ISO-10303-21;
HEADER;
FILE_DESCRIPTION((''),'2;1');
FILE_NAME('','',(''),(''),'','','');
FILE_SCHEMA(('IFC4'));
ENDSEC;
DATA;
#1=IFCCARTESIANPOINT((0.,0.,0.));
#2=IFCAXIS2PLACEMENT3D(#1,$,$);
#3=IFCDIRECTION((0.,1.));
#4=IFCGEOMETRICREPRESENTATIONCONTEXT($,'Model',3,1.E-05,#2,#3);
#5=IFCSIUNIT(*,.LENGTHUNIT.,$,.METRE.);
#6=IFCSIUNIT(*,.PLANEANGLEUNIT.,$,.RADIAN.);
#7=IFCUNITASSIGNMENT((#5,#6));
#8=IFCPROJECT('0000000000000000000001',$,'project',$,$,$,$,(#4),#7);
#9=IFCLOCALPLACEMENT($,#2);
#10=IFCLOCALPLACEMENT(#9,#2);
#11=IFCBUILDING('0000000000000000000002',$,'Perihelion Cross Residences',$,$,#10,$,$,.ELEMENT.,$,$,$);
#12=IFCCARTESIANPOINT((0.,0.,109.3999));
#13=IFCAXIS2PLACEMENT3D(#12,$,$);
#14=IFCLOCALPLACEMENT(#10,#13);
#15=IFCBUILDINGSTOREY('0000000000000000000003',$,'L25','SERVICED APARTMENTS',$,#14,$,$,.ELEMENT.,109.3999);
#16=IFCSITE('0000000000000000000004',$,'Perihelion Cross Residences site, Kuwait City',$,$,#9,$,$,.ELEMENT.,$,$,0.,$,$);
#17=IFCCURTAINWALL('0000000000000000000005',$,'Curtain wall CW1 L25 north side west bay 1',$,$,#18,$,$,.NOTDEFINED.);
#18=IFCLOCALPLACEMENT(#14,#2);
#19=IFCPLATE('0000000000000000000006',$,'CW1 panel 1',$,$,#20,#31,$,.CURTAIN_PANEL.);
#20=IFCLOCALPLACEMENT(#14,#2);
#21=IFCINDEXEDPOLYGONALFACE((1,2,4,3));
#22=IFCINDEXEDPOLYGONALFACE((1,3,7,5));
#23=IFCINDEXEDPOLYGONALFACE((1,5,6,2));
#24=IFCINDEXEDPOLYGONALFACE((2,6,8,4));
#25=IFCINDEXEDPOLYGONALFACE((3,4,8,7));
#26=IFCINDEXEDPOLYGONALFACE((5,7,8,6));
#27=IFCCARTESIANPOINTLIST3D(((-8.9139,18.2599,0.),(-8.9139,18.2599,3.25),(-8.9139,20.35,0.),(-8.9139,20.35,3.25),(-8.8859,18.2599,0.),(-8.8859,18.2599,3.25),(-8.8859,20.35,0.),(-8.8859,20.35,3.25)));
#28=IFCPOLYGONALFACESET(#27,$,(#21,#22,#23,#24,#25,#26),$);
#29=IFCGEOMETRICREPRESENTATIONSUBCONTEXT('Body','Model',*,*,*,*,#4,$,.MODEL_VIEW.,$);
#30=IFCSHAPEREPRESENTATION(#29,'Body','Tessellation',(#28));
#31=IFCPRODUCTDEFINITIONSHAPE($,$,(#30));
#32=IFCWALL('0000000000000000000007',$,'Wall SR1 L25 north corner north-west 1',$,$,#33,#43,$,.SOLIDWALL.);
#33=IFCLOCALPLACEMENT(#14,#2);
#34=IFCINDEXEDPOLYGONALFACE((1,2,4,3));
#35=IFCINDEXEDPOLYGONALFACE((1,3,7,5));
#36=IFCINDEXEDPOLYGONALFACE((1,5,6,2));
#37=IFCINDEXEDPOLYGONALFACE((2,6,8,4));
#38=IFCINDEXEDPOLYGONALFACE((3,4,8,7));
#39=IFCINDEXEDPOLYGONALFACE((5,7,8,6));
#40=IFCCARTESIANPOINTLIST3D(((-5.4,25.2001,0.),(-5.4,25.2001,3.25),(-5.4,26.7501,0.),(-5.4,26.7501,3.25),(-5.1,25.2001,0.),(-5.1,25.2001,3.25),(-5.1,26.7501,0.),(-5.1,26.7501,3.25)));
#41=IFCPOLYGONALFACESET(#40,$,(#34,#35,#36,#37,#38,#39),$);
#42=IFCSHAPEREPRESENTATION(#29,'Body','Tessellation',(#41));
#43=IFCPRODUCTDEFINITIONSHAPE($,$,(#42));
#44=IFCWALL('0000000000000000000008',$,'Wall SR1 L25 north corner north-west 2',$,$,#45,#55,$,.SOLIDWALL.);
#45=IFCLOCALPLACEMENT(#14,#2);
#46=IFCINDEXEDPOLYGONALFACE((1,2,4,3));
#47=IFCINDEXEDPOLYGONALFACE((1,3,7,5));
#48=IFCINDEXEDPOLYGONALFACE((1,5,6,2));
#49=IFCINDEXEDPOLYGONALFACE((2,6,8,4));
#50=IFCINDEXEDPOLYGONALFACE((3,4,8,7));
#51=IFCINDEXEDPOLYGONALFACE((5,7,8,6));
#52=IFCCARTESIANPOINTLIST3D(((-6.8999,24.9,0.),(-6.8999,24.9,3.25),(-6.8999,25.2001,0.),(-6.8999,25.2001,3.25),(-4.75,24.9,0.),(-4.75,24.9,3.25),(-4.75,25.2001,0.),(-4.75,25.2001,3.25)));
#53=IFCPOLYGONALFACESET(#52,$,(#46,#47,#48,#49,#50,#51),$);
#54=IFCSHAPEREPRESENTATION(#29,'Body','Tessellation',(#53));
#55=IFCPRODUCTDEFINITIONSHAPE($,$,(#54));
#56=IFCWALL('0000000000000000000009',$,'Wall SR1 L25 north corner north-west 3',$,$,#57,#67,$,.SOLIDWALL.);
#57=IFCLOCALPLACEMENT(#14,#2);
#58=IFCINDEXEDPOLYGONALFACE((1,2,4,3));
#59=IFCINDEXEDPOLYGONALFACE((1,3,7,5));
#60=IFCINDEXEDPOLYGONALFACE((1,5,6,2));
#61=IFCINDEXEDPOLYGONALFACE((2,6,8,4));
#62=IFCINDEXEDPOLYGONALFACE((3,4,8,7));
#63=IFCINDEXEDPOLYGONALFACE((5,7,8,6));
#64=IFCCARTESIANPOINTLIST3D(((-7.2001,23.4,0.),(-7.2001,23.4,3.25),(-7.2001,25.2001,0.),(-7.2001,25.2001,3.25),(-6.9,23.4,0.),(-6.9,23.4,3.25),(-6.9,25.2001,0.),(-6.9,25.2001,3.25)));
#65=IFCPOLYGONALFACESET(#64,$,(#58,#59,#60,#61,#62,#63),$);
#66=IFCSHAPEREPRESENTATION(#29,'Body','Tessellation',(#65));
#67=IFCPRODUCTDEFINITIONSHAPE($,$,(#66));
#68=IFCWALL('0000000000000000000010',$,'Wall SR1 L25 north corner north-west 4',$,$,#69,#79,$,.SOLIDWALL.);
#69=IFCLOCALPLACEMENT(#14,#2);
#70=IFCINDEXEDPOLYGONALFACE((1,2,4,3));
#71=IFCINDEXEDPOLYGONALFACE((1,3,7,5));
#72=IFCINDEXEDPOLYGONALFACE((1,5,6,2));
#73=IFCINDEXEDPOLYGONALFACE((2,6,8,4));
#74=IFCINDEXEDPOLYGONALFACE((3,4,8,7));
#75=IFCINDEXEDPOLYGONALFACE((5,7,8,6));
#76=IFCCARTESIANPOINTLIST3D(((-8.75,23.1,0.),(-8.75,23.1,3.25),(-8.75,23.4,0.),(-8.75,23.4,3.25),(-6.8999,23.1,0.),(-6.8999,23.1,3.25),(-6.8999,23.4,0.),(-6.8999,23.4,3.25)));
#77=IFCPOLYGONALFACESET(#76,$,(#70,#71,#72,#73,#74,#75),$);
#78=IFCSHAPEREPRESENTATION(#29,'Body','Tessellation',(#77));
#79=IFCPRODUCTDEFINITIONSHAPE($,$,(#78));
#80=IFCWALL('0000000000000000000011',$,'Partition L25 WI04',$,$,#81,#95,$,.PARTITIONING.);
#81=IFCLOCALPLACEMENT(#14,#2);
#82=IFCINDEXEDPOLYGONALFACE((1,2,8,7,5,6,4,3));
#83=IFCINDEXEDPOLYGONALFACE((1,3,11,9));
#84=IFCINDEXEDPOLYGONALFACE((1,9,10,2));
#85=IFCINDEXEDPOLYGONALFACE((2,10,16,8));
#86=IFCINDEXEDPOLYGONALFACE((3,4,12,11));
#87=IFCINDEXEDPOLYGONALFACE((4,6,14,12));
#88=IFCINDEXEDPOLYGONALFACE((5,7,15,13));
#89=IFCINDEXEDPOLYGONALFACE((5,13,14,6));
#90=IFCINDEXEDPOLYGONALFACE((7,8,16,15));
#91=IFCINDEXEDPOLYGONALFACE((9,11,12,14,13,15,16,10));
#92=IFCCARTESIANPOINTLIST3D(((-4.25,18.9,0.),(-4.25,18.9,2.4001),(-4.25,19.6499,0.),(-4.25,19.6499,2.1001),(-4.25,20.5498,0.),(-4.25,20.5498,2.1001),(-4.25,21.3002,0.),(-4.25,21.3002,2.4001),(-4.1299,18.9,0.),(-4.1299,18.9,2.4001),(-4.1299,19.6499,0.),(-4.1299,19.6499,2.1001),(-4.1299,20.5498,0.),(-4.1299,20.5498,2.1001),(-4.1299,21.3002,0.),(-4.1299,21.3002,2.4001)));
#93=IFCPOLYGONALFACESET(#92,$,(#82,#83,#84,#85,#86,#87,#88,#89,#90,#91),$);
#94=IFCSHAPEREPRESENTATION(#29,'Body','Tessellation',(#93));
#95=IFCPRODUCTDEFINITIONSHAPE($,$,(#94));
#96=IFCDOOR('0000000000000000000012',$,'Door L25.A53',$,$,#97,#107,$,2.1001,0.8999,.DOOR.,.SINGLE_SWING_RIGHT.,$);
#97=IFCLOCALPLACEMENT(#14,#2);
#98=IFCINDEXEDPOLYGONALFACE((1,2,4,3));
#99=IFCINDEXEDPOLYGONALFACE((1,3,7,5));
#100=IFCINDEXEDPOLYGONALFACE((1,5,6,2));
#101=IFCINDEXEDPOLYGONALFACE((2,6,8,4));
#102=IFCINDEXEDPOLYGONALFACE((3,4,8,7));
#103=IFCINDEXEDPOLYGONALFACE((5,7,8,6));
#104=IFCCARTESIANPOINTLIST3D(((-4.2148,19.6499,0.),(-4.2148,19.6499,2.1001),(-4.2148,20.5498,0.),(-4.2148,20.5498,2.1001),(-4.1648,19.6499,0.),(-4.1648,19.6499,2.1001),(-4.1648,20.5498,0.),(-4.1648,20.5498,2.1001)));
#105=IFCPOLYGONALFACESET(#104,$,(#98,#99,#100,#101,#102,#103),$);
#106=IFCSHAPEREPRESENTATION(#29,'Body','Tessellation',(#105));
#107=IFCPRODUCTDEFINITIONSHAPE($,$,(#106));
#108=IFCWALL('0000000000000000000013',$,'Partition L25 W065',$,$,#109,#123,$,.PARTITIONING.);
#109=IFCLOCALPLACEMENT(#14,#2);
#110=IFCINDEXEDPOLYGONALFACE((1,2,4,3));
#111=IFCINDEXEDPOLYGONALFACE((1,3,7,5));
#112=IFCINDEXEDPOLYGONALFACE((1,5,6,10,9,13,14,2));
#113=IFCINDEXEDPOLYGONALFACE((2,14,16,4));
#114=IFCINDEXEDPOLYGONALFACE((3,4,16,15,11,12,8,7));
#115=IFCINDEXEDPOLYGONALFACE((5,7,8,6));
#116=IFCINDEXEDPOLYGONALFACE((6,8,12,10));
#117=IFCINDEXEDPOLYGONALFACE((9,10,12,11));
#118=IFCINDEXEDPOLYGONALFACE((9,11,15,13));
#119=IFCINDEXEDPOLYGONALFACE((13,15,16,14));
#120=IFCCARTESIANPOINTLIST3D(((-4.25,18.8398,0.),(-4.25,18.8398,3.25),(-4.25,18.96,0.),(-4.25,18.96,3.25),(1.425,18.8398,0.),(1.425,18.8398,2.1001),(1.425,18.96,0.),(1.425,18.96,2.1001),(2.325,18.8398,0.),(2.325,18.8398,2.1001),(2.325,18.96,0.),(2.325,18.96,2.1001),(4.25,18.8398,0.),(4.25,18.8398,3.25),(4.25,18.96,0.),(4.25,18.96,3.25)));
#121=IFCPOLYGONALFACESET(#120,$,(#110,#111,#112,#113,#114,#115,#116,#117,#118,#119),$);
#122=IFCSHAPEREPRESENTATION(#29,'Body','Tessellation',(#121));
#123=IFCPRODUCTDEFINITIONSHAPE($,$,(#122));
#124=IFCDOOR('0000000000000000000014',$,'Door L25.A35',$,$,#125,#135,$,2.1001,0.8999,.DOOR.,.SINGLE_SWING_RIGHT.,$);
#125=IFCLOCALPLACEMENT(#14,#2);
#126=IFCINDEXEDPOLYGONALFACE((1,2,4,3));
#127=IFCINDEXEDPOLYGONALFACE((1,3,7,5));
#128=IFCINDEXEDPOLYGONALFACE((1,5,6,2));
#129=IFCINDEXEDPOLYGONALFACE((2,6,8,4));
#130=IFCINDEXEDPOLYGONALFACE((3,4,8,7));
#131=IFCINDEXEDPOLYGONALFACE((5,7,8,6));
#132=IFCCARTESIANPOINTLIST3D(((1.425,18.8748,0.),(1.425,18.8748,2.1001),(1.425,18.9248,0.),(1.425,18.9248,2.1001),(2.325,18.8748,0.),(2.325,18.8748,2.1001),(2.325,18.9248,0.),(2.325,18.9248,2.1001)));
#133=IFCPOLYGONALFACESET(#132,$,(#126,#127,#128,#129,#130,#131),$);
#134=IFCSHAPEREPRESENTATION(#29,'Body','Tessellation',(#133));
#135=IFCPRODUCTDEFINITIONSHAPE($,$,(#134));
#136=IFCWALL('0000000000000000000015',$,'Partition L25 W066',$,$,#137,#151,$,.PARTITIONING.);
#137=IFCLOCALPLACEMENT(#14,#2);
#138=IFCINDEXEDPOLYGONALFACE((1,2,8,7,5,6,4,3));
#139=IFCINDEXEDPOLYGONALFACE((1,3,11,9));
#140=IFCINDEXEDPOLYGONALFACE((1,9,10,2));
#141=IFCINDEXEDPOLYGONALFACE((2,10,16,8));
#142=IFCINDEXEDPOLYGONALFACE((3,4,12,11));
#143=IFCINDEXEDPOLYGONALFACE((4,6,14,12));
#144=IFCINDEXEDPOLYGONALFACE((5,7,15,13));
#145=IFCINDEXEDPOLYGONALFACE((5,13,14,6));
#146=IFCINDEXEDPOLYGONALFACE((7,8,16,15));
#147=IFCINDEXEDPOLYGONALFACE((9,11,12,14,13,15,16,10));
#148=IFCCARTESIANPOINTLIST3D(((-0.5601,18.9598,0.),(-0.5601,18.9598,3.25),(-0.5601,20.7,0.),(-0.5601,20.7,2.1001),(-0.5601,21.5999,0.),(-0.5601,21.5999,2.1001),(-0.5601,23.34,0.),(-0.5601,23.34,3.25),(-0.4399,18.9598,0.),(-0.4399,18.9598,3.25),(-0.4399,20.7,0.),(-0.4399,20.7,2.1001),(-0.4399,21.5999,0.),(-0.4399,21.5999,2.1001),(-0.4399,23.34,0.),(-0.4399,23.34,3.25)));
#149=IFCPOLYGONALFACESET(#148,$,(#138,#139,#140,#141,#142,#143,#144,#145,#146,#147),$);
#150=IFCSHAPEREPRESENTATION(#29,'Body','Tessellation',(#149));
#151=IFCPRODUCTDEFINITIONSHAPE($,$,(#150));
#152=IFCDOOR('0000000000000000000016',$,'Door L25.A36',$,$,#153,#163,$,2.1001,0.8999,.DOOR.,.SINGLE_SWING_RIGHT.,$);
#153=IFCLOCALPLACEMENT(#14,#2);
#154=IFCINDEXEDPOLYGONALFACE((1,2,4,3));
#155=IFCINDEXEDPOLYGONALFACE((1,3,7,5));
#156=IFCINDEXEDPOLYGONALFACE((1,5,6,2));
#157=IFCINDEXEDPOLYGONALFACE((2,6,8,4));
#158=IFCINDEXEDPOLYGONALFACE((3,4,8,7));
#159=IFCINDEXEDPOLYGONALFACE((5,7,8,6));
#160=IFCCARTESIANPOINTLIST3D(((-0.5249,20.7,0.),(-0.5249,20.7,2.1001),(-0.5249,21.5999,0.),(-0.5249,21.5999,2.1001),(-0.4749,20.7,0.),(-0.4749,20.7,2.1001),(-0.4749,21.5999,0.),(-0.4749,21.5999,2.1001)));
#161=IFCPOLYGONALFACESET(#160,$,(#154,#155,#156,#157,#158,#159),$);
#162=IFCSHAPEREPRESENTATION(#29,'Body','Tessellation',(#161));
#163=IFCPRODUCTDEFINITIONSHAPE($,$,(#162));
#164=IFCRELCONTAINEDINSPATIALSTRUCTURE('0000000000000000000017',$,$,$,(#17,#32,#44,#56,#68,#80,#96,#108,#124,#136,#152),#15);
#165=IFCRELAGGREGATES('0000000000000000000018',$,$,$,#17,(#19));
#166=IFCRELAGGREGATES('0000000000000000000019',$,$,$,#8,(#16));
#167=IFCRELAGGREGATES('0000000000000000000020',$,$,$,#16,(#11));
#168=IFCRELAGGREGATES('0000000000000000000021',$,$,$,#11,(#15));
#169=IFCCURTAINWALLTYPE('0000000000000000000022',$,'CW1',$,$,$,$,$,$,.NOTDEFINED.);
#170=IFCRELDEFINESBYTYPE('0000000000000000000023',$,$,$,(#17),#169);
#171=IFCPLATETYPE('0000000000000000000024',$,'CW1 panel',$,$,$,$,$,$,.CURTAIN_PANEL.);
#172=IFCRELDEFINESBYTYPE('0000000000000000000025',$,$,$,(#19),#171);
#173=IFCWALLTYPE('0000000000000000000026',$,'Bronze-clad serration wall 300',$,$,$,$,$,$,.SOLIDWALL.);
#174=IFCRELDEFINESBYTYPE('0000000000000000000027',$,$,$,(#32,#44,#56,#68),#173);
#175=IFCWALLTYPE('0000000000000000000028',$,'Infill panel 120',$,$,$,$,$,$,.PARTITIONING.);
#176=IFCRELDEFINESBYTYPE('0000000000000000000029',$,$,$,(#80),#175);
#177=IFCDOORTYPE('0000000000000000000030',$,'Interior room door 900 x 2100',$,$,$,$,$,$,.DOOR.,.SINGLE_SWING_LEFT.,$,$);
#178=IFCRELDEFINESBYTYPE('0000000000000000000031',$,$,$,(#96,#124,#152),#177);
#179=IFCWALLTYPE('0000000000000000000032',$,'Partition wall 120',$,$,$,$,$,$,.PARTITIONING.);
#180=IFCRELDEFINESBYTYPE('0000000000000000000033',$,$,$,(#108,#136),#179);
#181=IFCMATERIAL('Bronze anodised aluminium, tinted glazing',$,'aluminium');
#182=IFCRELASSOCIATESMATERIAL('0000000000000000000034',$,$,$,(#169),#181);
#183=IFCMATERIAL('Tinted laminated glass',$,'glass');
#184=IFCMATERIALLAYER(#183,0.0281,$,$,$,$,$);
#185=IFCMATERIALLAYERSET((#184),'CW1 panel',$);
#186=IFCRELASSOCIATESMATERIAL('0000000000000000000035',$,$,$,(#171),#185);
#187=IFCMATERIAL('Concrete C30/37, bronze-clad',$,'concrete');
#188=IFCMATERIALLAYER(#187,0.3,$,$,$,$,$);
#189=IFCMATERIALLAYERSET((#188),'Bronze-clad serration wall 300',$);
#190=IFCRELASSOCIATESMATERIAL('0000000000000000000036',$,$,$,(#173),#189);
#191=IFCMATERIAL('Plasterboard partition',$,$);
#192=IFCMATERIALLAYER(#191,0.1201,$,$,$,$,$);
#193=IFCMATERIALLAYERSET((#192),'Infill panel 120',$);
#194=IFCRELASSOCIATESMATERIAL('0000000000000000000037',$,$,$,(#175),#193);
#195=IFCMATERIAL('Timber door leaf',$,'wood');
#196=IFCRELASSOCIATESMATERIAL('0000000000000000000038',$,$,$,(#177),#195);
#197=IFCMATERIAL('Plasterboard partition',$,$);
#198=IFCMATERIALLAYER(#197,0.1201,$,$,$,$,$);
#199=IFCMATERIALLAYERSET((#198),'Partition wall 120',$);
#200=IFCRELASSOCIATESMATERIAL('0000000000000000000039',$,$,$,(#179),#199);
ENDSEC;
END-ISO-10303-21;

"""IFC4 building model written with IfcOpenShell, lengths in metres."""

from ifc_helpers import new_model, si_unit, direction, frame, frame_2d, origin, origin_2d, place, context, subcontext, project, spatial, rectangle, extrude, material, layer, layer_set, type_object, element, fill, aggregate, save


model = new_model("IFC4")

# Units and contexts
model_context = context("Model", 3, precision=1e-05, world=origin(), true_north=direction((0.0, 1.0)))
body_context = subcontext(model_context, "Body", "Model", "MODEL_VIEW")
ifc_project = project(units=[si_unit("LENGTHUNIT", "METRE"), si_unit("PLANEANGLEUNIT", "RADIAN")], contexts=[model_context])

# Site, building, storey
site_placement = place(None, origin())
site = spatial("IfcSite", under=ifc_project, at=site_placement, Name="Perihelion Cross Residences site, Kuwait City", CompositionType="ELEMENT", RefElevation=0.0)
building_placement = place(site_placement, origin())
building = spatial("IfcBuilding", under=site, at=building_placement, Name="Perihelion Cross Residences", CompositionType="ELEMENT")
storey_placement = place(building_placement, frame((0.0, 0.0, 109.3999)))
storey = spatial("IfcBuildingStorey", under=building, at=storey_placement, Name="L25", Description="SERVICED APARTMENTS", CompositionType="ELEMENT", Elevation=109.3999)

# Curtain wall
ifc_material_1 = material(Name="Bronze anodised aluminium, tinted glazing", Category="aluminium")
curtain_wall_type = type_object("IfcCurtainWallType", Name="CW1", PredefinedType="NOTDEFINED", material=ifc_material_1)
curtain_wall_1_placement = place(storey_placement, origin())
curtain_wall_1 = element("IfcCurtainWall", 1, at=curtain_wall_1_placement, inside=storey, type_object=curtain_wall_type, Name="Curtain wall CW1 L25 north side west bay 1", PredefinedType="NOTDEFINED")

# Plate
ifc_material_2 = material(Name="Tinted laminated glass", Category="glass")
ifc_layer_1 = layer(ifc_material_2, 0.0281)
ifc_layer_set_1 = layer_set([ifc_layer_1], Name="CW1 panel")
plate_type = type_object("IfcPlateType", Name="CW1 panel", PredefinedType="CURTAIN_PANEL", material=ifc_layer_set_1)
plate_1_placement = place(storey_placement, frame((-8.8999, 19.3049, 0.0), z_axis=(0.0, 0.0, 1.0), x_axis=(0.0, -1.0, 0.0)))
plate_1 = element("IfcPlate", 2, at=plate_1_placement, type_object=plate_type, Name="CW1 panel 1", PredefinedType="CURTAIN_PANEL", context=body_context, shape_type="SweptSolid", body=[
    extrude(rectangle(XDim=2.0901, YDim=0.0281, at=origin_2d()), origin(), (0.0, 0.0, 1.0), 3.25),
])
aggregate(curtain_wall_1, [plate_1])

# Walls
ifc_material_3 = material(Name="Concrete C30/37, bronze-clad", Category="concrete")
ifc_layer_2 = layer(ifc_material_3, 0.3)
ifc_layer_set_2 = layer_set([ifc_layer_2], Name="Bronze-clad serration wall 300")
wall_type_1 = type_object("IfcWallType", Name="Bronze-clad serration wall 300", PredefinedType="SOLIDWALL", material=ifc_layer_set_2)
wall_1_placement = place(storey_placement, frame((-5.25, 26.75, 0.0), z_axis=(0.0, 0.0, 1.0), x_axis=(0.0, -1.0, 0.0)))
element("IfcWall", 3, at=wall_1_placement, inside=storey, type_object=wall_type_1, Name="Wall SR1 L25 north corner north-west 1", PredefinedType="SOLIDWALL", context=body_context, shape_type="SweptSolid", body=[
    extrude(rectangle(XDim=1.55, YDim=0.3, at=frame_2d((0.7749, 0.0))), origin(), (0.0, 0.0, 1.0), 3.25),
])
wall_2_placement = place(storey_placement, frame((-4.75, 25.05, 0.0), z_axis=(0.0, 0.0, 1.0), x_axis=(-1.0, 0.0, 0.0)))
element("IfcWall", 4, at=wall_2_placement, inside=storey, type_object=wall_type_1, Name="Wall SR1 L25 north corner north-west 2", PredefinedType="SOLIDWALL", context=body_context, shape_type="SweptSolid", body=[
    extrude(rectangle(XDim=2.1499, YDim=0.3, at=frame_2d((1.075, 0.0))), origin(), (0.0, 0.0, 1.0), 3.25),
])
wall_3_placement = place(storey_placement, frame((-7.05, 25.2, 0.0), z_axis=(0.0, 0.0, 1.0), x_axis=(0.0, -1.0, 0.0)))
element("IfcWall", 5, at=wall_3_placement, inside=storey, type_object=wall_type_1, Name="Wall SR1 L25 north corner north-west 3", PredefinedType="SOLIDWALL", context=body_context, shape_type="SweptSolid", body=[
    extrude(rectangle(XDim=1.8, YDim=0.3, at=frame_2d((0.8999, 0.0))), origin(), (0.0, 0.0, 1.0), 3.25),
])
wall_4_placement = place(storey_placement, frame((-6.8999, 23.25, 0.0), z_axis=(0.0, 0.0, 1.0), x_axis=(-1.0, 0.0, 0.0)))
element("IfcWall", 6, at=wall_4_placement, inside=storey, type_object=wall_type_1, Name="Wall SR1 L25 north corner north-west 4", PredefinedType="SOLIDWALL", context=body_context, shape_type="SweptSolid", body=[
    extrude(rectangle(XDim=1.8501, YDim=0.3, at=frame_2d((0.925, 0.0))), origin(), (0.0, 0.0, 1.0), 3.25),
])

# Walls, openings, doors
ifc_material_4 = material(Name="Plasterboard partition")
ifc_layer_3 = layer(ifc_material_4, 0.1201)
ifc_layer_set_3 = layer_set([ifc_layer_3], Name="Infill panel 120")
wall_type_2 = type_object("IfcWallType", Name="Infill panel 120", PredefinedType="PARTITIONING", material=ifc_layer_set_3)
wall_5_placement = place(storey_placement, frame((-4.1899, 18.8999, 0.0), z_axis=(0.0, 0.0, 1.0), x_axis=(0.0, 1.0, 0.0)))
wall_5 = element("IfcWall", 7, at=wall_5_placement, inside=storey, type_object=wall_type_2, Name="Partition L25 WI04", PredefinedType="PARTITIONING", context=body_context, shape_type="SweptSolid", body=[
    extrude(rectangle(XDim=2.4001, YDim=0.1201, at=frame_2d((1.2002, 0.0))), origin(), (0.0, 0.0, 1.0), 2.4001),
])
opening_1_placement = place(wall_5_placement, frame((0.75, 0.0, 0.0)))
opening_1 = element("IfcOpeningElement", 8, at=opening_1_placement, cuts=wall_5, PredefinedType="OPENING", context=body_context, shape_type="SweptSolid", body=[
    extrude(rectangle(XDim=0.8999, YDim=2.1001, at=frame_2d((0.45, 1.05))), frame((0.0, 0.0701, 0.0), z_axis=(0.0, -1.0, 0.0), x_axis=(1.0, 0.0, 0.0)), (0.0, 0.0, 1.0), 0.1401),
])
ifc_material_5 = material(Name="Timber door leaf", Category="wood")
door_type_1 = type_object("IfcDoorType", Name="Interior room door 900 x 2100", OperationType="SINGLE_SWING_LEFT", PredefinedType="DOOR", material=ifc_material_5)
door_1_placement = place(opening_1_placement, origin())
door_1 = element("IfcDoor", 9, at=door_1_placement, inside=storey, type_object=door_type_1, Name="Door L25.A53", OperationType="SINGLE_SWING_RIGHT", OverallHeight=2.1001, OverallWidth=0.8999, PredefinedType="DOOR", context=body_context, shape_type="SweptSolid", body=[
    extrude(rectangle(XDim=0.8999, YDim=2.1001, at=frame_2d((0.45, 1.05))), frame((0.0, 0.0249, 0.0), z_axis=(0.0, -1.0, 0.0), x_axis=(1.0, 0.0, 0.0)), (0.0, 0.0, 1.0), 0.05),
])
fill(opening_1, door_1)
ifc_material_6 = material(Name="Plasterboard partition")
ifc_layer_4 = layer(ifc_material_6, 0.1201)
ifc_layer_set_4 = layer_set([ifc_layer_4], Name="Partition wall 120")
wall_type_3 = type_object("IfcWallType", Name="Partition wall 120", PredefinedType="PARTITIONING", material=ifc_layer_set_4)
wall_6_placement = place(storey_placement, frame((-4.25, 18.8999, 0.0), z_axis=(0.0, 0.0, 1.0), x_axis=(1.0, 0.0, 0.0)))
wall_6 = element("IfcWall", 10, at=wall_6_placement, inside=storey, type_object=wall_type_3, Name="Partition L25 W065", PredefinedType="PARTITIONING", context=body_context, shape_type="SweptSolid", body=[
    extrude(rectangle(XDim=8.5, YDim=0.1201, at=frame_2d((4.25, 0.0))), origin(), (0.0, 0.0, 1.0), 3.25),
])
opening_2_placement = place(wall_6_placement, frame((5.675, 0.0, 0.0)))
opening_2 = element("IfcOpeningElement", 11, at=opening_2_placement, cuts=wall_6, PredefinedType="OPENING", context=body_context, shape_type="SweptSolid", body=[
    extrude(rectangle(XDim=0.8999, YDim=2.1001, at=frame_2d((0.45, 1.05))), frame((0.0, 0.0701, 0.0), z_axis=(0.0, -1.0, 0.0), x_axis=(1.0, 0.0, 0.0)), (0.0, 0.0, 1.0), 0.1401),
])
door_2_placement = place(opening_2_placement, origin())
door_2 = element("IfcDoor", 12, at=door_2_placement, inside=storey, type_object=door_type_1, Name="Door L25.A35", OperationType="SINGLE_SWING_RIGHT", OverallHeight=2.1001, OverallWidth=0.8999, PredefinedType="DOOR", context=body_context, shape_type="SweptSolid", body=[
    extrude(rectangle(XDim=0.8999, YDim=2.1001, at=frame_2d((0.45, 1.05))), frame((0.0, 0.0249, 0.0), z_axis=(0.0, -1.0, 0.0), x_axis=(1.0, 0.0, 0.0)), (0.0, 0.0, 1.0), 0.05),
])
fill(opening_2, door_2)
wall_7_placement = place(storey_placement, frame((-0.5, 18.96, 0.0), z_axis=(0.0, 0.0, 1.0), x_axis=(0.0, 1.0, 0.0)))
wall_7 = element("IfcWall", 13, at=wall_7_placement, inside=storey, type_object=wall_type_3, Name="Partition L25 W066", PredefinedType="PARTITIONING", context=body_context, shape_type="SweptSolid", body=[
    extrude(rectangle(XDim=4.3801, YDim=0.1201, at=frame_2d((2.1899, 0.0))), origin(), (0.0, 0.0, 1.0), 3.25),
])
opening_3_placement = place(wall_7_placement, frame((1.74, 0.0, 0.0)))
opening_3 = element("IfcOpeningElement", 14, at=opening_3_placement, cuts=wall_7, PredefinedType="OPENING", context=body_context, shape_type="SweptSolid", body=[
    extrude(rectangle(XDim=0.8999, YDim=2.1001, at=frame_2d((0.45, 1.05))), frame((0.0, 0.0701, 0.0), z_axis=(0.0, -1.0, 0.0), x_axis=(1.0, 0.0, 0.0)), (0.0, 0.0, 1.0), 0.1401),
])
door_3_placement = place(opening_3_placement, origin())
door_3 = element("IfcDoor", 15, at=door_3_placement, inside=storey, type_object=door_type_1, Name="Door L25.A36", OperationType="SINGLE_SWING_RIGHT", OverallHeight=2.1001, OverallWidth=0.8999, PredefinedType="DOOR", context=body_context, shape_type="SweptSolid", body=[
    extrude(rectangle(XDim=0.8999, YDim=2.1001, at=frame_2d((0.45, 1.05))), frame((0.0, 0.0249, 0.0), z_axis=(0.0, -1.0, 0.0), x_axis=(1.0, 0.0, 0.0)), (0.0, 0.0, 1.0), 0.05),
])
fill(opening_3, door_3)

save(model, "model.ifc")
